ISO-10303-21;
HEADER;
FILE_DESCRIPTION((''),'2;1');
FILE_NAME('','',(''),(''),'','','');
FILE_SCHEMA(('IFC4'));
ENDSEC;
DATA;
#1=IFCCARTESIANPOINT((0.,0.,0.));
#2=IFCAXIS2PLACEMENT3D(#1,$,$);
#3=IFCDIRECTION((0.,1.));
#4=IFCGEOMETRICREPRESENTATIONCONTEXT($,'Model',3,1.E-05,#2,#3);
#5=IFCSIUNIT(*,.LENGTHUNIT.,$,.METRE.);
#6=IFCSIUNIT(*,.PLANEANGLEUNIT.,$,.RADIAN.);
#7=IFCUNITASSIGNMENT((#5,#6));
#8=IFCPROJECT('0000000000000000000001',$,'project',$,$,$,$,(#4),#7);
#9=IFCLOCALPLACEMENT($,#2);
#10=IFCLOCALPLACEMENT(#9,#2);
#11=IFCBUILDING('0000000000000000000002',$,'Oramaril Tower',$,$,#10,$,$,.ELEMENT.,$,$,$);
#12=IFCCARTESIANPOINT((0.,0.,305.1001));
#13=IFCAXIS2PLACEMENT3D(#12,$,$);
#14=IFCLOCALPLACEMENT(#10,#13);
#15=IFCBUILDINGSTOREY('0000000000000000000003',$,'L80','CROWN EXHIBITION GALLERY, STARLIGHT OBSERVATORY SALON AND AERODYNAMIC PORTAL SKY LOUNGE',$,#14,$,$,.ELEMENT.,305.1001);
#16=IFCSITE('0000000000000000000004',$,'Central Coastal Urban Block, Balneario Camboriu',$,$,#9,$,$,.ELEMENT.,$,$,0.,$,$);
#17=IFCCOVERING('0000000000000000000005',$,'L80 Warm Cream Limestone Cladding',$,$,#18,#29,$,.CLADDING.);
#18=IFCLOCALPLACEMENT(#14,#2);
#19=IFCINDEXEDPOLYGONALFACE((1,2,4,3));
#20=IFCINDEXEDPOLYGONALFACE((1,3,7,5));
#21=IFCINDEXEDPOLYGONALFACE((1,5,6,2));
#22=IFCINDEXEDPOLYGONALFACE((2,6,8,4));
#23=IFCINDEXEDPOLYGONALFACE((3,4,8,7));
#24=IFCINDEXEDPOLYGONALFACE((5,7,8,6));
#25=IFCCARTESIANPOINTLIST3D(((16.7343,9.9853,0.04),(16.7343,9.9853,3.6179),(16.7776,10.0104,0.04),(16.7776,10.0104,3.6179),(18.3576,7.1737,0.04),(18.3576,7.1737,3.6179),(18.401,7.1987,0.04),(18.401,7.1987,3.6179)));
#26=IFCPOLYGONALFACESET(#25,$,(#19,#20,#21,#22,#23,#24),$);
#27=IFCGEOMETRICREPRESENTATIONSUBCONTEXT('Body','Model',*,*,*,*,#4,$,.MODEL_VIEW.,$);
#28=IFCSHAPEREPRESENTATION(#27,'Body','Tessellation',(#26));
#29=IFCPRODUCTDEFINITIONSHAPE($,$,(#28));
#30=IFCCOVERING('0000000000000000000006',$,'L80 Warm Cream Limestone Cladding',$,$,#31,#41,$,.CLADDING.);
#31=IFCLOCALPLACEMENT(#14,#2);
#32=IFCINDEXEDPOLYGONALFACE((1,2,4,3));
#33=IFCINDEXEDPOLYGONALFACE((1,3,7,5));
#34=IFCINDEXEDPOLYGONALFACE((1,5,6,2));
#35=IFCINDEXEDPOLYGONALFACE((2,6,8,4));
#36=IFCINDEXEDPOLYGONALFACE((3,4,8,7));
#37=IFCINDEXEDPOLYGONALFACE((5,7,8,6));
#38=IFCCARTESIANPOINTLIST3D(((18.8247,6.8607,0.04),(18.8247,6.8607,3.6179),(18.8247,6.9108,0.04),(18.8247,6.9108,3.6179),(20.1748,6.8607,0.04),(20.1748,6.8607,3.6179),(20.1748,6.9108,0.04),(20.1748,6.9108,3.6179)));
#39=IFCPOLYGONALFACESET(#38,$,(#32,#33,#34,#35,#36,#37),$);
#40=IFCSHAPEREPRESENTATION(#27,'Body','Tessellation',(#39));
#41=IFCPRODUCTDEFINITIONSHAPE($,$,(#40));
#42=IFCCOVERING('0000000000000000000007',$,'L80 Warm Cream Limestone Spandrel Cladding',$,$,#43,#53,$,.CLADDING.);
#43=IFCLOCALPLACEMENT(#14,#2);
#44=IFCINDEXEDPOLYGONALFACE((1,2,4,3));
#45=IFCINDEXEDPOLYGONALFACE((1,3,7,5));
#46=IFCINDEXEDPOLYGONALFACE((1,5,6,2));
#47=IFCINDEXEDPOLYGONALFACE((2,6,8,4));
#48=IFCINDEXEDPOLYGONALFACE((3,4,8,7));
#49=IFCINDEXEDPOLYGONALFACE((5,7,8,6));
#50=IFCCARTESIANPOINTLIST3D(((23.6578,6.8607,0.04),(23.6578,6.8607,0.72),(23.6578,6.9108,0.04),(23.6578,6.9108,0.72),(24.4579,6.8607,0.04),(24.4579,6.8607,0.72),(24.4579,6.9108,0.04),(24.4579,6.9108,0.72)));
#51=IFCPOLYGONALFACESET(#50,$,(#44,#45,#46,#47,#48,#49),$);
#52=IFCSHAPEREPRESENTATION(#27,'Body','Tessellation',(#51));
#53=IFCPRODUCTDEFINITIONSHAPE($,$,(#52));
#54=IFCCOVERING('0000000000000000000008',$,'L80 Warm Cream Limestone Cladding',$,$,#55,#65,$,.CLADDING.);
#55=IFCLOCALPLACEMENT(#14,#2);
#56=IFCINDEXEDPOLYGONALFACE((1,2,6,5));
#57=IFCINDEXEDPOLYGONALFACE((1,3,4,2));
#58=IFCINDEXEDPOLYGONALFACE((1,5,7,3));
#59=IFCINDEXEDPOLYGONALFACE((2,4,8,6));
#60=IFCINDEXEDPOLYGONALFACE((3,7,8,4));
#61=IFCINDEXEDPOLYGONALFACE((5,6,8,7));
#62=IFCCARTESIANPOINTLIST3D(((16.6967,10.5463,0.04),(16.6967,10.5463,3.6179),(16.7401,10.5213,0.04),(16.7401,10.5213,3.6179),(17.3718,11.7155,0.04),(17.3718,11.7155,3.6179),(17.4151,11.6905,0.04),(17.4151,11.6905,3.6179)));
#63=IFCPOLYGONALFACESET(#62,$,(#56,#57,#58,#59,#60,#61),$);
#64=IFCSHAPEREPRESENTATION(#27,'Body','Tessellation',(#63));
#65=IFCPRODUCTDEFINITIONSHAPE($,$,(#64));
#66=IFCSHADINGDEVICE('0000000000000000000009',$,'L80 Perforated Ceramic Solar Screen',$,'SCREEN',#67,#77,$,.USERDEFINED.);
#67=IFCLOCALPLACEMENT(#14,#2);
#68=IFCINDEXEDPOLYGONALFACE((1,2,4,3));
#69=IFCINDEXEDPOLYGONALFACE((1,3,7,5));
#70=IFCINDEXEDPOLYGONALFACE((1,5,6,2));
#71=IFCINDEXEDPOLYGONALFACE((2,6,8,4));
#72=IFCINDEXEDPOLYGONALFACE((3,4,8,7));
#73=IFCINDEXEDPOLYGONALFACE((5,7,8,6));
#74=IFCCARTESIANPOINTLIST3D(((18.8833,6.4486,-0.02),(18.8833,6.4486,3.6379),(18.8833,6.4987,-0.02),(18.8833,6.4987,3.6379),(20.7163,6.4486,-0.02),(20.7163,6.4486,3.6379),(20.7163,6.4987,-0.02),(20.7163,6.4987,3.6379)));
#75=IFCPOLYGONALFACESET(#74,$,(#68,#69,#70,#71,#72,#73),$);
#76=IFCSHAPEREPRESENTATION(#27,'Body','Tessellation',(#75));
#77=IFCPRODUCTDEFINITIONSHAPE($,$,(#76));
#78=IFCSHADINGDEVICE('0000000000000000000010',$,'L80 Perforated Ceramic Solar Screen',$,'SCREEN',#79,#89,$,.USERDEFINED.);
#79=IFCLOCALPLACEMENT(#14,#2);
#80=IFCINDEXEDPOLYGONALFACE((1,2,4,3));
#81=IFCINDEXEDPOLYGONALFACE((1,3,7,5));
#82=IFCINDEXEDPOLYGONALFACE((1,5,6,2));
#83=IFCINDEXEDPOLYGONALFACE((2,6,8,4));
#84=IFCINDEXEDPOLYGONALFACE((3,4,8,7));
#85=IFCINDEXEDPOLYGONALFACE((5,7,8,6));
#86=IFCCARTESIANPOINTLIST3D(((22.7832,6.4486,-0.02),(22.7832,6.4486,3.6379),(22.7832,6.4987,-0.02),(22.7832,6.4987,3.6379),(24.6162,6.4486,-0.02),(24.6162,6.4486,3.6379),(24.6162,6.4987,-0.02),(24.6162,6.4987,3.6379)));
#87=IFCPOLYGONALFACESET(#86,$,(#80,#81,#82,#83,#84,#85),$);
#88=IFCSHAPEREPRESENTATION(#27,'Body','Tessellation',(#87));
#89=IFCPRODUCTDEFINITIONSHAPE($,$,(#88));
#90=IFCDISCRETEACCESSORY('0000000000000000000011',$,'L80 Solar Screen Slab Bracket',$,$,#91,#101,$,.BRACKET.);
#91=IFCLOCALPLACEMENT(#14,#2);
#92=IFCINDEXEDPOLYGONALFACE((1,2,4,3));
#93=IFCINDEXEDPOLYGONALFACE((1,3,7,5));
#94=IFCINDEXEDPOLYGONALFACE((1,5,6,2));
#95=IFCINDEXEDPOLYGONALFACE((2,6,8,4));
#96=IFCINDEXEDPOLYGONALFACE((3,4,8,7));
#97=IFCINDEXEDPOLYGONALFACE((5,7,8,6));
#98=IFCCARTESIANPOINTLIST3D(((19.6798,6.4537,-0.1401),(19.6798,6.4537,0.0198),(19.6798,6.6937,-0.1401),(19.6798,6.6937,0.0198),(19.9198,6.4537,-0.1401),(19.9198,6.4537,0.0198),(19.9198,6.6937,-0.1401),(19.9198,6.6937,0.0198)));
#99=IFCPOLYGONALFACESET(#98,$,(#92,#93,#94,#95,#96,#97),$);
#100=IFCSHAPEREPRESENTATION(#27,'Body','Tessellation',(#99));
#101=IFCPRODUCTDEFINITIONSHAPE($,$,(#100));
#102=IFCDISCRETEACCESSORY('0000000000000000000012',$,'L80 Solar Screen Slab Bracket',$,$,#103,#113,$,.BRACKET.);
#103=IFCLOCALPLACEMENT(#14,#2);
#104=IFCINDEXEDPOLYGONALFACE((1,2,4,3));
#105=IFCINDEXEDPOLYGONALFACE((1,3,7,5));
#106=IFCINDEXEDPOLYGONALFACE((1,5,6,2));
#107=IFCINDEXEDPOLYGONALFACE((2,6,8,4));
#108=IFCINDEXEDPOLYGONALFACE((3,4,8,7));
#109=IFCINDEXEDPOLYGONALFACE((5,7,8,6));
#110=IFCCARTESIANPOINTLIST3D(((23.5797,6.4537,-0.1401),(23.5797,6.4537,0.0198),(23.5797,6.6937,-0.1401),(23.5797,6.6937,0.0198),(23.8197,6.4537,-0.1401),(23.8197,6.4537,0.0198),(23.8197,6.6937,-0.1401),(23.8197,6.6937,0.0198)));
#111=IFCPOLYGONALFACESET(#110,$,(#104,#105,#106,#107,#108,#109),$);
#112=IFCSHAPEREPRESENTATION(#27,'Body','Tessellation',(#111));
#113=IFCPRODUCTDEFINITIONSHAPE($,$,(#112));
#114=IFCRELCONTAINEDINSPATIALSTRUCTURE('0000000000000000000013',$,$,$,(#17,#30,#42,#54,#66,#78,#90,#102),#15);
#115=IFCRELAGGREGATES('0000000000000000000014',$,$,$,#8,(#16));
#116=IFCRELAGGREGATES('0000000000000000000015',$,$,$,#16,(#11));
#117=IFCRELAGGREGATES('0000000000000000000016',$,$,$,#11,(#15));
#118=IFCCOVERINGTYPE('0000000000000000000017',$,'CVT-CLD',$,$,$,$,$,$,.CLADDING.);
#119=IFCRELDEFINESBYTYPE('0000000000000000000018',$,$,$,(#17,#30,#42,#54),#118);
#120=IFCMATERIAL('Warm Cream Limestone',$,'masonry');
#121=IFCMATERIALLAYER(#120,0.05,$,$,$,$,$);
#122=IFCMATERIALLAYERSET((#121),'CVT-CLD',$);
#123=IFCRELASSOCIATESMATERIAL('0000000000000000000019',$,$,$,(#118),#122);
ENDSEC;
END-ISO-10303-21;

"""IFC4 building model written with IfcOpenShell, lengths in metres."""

from ifc_helpers import new_model, si_unit, direction, frame, origin, origin_2d, place, context, subcontext, project, spatial, rectangle, extrude, material, layer, layer_set, type_object, element, save


model = new_model("IFC4")

# Units and contexts
model_context = context("Model", 3, precision=1e-05, world=origin(), true_north=direction((0.0, 1.0)))
body_context = subcontext(model_context, "Body", "Model", "MODEL_VIEW")
ifc_project = project(units=[si_unit("LENGTHUNIT", "METRE"), si_unit("PLANEANGLEUNIT", "RADIAN")], contexts=[model_context])

# Site, building, storey
site_placement = place(None, origin())
site = spatial("IfcSite", under=ifc_project, at=site_placement, Name="Central Coastal Urban Block, Balneario Camboriu", CompositionType="ELEMENT", RefElevation=0.0)
building_placement = place(site_placement, origin())
building = spatial("IfcBuilding", under=site, at=building_placement, Name="Oramaril Tower", CompositionType="ELEMENT")
storey_placement = place(building_placement, frame((0.0, 0.0, 305.1001)))
storey = spatial("IfcBuildingStorey", under=building, at=storey_placement, Name="L80", Description="CROWN EXHIBITION GALLERY, STARLIGHT OBSERVATORY SALON AND AERODYNAMIC PORTAL SKY LOUNGE", CompositionType="ELEMENT", Elevation=305.1001)

# Coverings
ifc_material_1 = material(Name="Warm Cream Limestone", Category="masonry")
ifc_layer_1 = layer(ifc_material_1, 0.05)
ifc_layer_set_1 = layer_set([ifc_layer_1], Name="CVT-CLD")
covering_type = type_object("IfcCoveringType", Name="CVT-CLD", PredefinedType="CLADDING", material=ifc_layer_set_1)
covering_1_placement = place(storey_placement, frame((17.5676, 8.592, 0.04), z_axis=(0.0, 0.0, 1.0), x_axis=(0.500006, -0.866022, 0.0)))
element("IfcCovering", 1, at=covering_1_placement, inside=storey, type_object=covering_type, Name="L80 Warm Cream Limestone Cladding", PredefinedType="CLADDING", context=body_context, shape_type="SweptSolid", body=[
    extrude(rectangle(XDim=3.2466, YDim=0.05, at=origin_2d()), origin(), (0.0, 0.0, 1.0), 3.5779),
])
covering_2_placement = place(storey_placement, frame((19.4998, 6.8857, 0.04), z_axis=(0.0, 0.0, 1.0), x_axis=(1.0, 0.0, 0.0)))
element("IfcCovering", 2, at=covering_2_placement, inside=storey, type_object=covering_type, Name="L80 Warm Cream Limestone Cladding", PredefinedType="CLADDING", context=body_context, shape_type="SweptSolid", body=[
    extrude(rectangle(XDim=1.3501, YDim=0.05, at=origin_2d()), origin(), (0.0, 0.0, 1.0), 3.5779),
])
covering_3_placement = place(storey_placement, frame((24.0579, 6.8857, 0.04), z_axis=(0.0, 0.0, 1.0), x_axis=(1.0, 0.0, 0.0)))
element("IfcCovering", 3, at=covering_3_placement, inside=storey, type_object=covering_type, Name="L80 Warm Cream Limestone Spandrel Cladding", PredefinedType="CLADDING", context=body_context, shape_type="SweptSolid", body=[
    extrude(rectangle(XDim=0.8, YDim=0.05, at=origin_2d()), origin(), (0.0, 0.0, 1.0), 0.6799),
])
covering_4_placement = place(storey_placement, frame((17.0559, 11.1184, 0.04), z_axis=(0.0, 0.0, 1.0), x_axis=(-0.5, -0.866025, 0.0)))
element("IfcCovering", 4, at=covering_4_placement, inside=storey, type_object=covering_type, Name="L80 Warm Cream Limestone Cladding", PredefinedType="CLADDING", context=body_context, shape_type="SweptSolid", body=[
    extrude(rectangle(XDim=1.3501, YDim=0.05, at=origin_2d()), origin(), (0.0, 0.0, 1.0), 3.5779),
])

# Shading devices
for number, where, z_axis, x_axis, name in (
    (5, (19.7998, 6.4736, -0.02), (0.0, 0.0, 1.0), (1.0, 0.0, 0.0), "L80 Perforated Ceramic Solar Screen"),
    (6, (23.6997, 6.4736, -0.02), (0.0, 0.0, 1.0), (1.0, 0.0, 0.0), "L80 Perforated Ceramic Solar Screen"),
):
    element("IfcShadingDevice", number, at=place(storey_placement, frame(where, z_axis=z_axis, x_axis=x_axis)), inside=storey, Name=name, ObjectType="SCREEN", PredefinedType="USERDEFINED", context=body_context, shape_type="SweptSolid", body=[
        extrude(rectangle(XDim=1.833, YDim=0.05, at=origin_2d()), origin(), (0.0, 0.0, 1.0), 3.658),
    ])

# Discrete accessories
for number, where, z_axis, x_axis, name in (
    (7, (19.7998, 6.5737, -0.1401), (0.0, 0.0, 1.0), (1.0, 0.0, 0.0), "L80 Solar Screen Slab Bracket"),
    (8, (23.6997, 6.5737, -0.1401), (0.0, 0.0, 1.0), (1.0, 0.0, 0.0), "L80 Solar Screen Slab Bracket"),
):
    element("IfcDiscreteAccessory", number, at=place(storey_placement, frame(where, z_axis=z_axis, x_axis=x_axis)), inside=storey, Name=name, PredefinedType="BRACKET", context=body_context, shape_type="SweptSolid", body=[
        extrude(rectangle(XDim=0.24, YDim=0.24, at=origin_2d()), origin(), (0.0, 0.0, 1.0), 0.1599),
    ])

save(model, "model.ifc")
